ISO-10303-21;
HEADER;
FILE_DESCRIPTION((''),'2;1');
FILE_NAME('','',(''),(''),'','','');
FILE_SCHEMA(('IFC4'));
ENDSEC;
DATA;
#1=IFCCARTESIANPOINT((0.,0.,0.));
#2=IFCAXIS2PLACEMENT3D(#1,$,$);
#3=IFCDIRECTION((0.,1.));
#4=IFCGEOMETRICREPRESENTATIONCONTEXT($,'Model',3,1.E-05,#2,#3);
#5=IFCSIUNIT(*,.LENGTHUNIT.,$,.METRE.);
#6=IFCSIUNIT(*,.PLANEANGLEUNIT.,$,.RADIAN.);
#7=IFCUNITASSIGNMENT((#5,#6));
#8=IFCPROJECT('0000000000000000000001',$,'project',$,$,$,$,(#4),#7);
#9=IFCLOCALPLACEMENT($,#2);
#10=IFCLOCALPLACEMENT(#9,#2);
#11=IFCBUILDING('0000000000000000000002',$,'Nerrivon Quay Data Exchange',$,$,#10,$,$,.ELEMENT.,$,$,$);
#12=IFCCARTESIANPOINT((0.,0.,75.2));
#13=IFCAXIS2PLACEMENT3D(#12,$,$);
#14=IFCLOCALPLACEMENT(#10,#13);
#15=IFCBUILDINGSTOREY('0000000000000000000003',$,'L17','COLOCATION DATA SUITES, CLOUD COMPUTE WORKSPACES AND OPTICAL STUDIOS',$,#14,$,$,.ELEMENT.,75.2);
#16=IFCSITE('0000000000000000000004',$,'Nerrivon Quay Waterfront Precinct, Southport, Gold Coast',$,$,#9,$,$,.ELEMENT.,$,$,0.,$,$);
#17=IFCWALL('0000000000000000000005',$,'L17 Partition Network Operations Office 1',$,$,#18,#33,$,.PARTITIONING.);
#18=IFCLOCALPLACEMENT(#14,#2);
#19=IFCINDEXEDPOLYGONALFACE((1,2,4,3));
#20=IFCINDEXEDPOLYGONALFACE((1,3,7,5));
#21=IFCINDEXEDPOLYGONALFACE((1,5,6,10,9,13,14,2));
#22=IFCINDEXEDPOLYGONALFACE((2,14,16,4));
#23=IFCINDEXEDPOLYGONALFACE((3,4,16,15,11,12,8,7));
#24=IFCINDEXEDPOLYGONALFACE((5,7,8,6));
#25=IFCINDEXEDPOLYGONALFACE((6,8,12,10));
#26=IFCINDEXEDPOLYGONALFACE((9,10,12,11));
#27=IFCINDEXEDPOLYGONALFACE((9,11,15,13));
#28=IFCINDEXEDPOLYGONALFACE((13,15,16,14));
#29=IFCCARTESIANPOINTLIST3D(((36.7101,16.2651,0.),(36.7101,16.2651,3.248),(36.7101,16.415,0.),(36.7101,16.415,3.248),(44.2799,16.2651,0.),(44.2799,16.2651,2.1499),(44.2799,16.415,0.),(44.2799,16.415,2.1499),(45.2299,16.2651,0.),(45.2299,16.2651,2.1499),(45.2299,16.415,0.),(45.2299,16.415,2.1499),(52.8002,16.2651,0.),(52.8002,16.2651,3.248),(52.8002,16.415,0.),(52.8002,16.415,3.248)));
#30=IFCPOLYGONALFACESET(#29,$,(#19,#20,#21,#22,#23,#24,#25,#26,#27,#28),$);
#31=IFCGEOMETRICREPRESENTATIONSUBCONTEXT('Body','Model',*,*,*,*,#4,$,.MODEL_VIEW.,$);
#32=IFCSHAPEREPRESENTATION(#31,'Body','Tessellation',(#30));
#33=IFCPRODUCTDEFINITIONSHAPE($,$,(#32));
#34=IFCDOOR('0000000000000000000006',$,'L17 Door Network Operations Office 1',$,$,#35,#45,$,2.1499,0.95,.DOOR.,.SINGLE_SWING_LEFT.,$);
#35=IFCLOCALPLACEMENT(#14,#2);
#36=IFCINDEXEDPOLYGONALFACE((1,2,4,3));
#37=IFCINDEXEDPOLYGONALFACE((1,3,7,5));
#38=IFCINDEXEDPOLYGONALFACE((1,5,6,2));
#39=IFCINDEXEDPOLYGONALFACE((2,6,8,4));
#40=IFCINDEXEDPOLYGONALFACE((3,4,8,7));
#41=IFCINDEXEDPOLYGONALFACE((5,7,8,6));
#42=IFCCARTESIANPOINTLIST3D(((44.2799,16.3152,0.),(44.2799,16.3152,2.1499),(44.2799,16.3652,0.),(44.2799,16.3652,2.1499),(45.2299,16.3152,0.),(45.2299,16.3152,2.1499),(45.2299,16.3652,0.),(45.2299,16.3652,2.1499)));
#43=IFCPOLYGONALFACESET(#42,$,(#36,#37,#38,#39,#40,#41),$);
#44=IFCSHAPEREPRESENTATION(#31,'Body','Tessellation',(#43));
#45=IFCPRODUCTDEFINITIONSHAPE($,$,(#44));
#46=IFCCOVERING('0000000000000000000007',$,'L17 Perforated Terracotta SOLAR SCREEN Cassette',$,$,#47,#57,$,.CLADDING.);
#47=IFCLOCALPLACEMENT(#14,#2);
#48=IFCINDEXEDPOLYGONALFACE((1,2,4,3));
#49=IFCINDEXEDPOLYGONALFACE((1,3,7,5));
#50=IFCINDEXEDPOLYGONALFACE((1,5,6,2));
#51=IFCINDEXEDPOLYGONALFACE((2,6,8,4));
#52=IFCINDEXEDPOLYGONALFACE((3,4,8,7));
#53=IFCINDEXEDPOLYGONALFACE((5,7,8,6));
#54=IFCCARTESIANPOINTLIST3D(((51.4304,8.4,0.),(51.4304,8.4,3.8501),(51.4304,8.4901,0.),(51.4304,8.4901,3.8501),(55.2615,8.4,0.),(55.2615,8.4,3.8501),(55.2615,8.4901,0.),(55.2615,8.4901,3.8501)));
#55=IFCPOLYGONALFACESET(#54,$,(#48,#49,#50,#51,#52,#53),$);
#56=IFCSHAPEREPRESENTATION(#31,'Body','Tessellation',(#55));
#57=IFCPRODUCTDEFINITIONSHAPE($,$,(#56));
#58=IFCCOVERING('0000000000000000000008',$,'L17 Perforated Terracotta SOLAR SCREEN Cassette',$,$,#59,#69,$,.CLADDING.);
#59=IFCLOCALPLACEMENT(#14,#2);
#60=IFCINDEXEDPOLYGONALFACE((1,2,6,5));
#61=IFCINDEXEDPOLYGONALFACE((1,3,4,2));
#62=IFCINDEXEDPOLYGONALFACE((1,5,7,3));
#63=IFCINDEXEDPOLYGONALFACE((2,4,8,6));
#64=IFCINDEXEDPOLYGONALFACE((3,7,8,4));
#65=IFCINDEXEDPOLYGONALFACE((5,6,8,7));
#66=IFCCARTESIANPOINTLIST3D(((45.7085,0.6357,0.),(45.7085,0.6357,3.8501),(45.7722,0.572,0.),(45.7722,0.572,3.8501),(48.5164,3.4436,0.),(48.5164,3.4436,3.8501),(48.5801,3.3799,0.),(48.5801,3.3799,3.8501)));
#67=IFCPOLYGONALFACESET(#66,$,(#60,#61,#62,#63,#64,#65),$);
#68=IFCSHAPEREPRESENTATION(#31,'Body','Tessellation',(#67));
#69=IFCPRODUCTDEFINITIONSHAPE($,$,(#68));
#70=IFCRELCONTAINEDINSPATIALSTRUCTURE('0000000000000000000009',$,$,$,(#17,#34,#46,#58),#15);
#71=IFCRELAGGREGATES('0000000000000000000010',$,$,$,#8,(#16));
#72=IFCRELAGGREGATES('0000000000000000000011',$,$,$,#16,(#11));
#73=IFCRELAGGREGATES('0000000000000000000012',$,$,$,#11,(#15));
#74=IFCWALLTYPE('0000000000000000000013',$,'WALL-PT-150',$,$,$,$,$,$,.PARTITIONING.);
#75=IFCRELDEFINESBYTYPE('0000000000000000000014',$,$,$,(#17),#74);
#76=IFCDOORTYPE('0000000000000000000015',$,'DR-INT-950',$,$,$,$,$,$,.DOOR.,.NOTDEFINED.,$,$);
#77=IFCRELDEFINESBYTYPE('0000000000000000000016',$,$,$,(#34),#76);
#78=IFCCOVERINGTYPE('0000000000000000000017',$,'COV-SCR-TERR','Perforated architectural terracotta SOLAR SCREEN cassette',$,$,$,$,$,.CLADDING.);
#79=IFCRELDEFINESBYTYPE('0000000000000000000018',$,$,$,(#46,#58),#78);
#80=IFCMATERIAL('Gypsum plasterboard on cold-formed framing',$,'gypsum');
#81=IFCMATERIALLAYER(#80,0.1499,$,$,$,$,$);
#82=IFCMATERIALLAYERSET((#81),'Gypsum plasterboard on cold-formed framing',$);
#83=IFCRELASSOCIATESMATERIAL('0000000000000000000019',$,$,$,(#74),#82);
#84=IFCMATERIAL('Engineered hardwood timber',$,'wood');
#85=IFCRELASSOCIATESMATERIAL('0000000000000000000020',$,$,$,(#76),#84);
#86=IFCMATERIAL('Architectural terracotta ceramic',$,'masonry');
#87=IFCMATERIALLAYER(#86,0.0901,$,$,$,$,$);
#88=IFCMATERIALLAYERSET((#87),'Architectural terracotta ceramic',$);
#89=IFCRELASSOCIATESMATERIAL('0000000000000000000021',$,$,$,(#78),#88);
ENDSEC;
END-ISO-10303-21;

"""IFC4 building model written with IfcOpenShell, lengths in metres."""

from ifc_helpers import new_model, si_unit, direction, frame, frame_2d, origin, origin_2d, place, context, subcontext, project, spatial, rectangle, extrude, material, layer, layer_set, type_object, element, fill, save


model = new_model("IFC4")

# Units and contexts
model_context = context("Model", 3, precision=1e-05, world=origin(), true_north=direction((0.0, 1.0)))
body_context = subcontext(model_context, "Body", "Model", "MODEL_VIEW")
ifc_project = project(units=[si_unit("LENGTHUNIT", "METRE"), si_unit("PLANEANGLEUNIT", "RADIAN")], contexts=[model_context])

# Site, building, storey
site_placement = place(None, origin())
site = spatial("IfcSite", under=ifc_project, at=site_placement, Name="Nerrivon Quay Waterfront Precinct, Southport, Gold Coast", CompositionType="ELEMENT", RefElevation=0.0)
building_placement = place(site_placement, origin())
building = spatial("IfcBuilding", under=site, at=building_placement, Name="Nerrivon Quay Data Exchange", CompositionType="ELEMENT")
storey_placement = place(building_placement, frame((0.0, 0.0, 75.2)))
storey = spatial("IfcBuildingStorey", under=building, at=storey_placement, Name="L17", Description="COLOCATION DATA SUITES, CLOUD COMPUTE WORKSPACES AND OPTICAL STUDIOS", CompositionType="ELEMENT", Elevation=75.2)

# Wall, opening, door
ifc_material_1 = material(Name="Gypsum plasterboard on cold-formed framing", Category="gypsum")
ifc_layer_1 = layer(ifc_material_1, 0.1499)
ifc_layer_set_1 = layer_set([ifc_layer_1], Name="Gypsum plasterboard on cold-formed framing")
wall_type = type_object("IfcWallType", Name="WALL-PT-150", PredefinedType="PARTITIONING", material=ifc_layer_set_1)
wall_placement = place(storey_placement, frame((52.8, 16.3401, 0.0), z_axis=(0.0, 0.0, 1.0), x_axis=(-1.0, 0.0, 0.0)))
wall = element("IfcWall", 1, at=wall_placement, inside=storey, type_object=wall_type, Name="L17 Partition Network Operations Office 1", PredefinedType="PARTITIONING", context=body_context, shape_type="SweptSolid", body=[
    extrude(rectangle(XDim=16.0901, YDim=0.1499, at=frame_2d((8.0449, 0.0))), origin(), (0.0, 0.0, 1.0), 3.248),
])
opening_placement = place(wall_placement, frame((7.5701, 0.0, 0.0)))
opening = element("IfcOpeningElement", 2, at=opening_placement, cuts=wall, PredefinedType="OPENING", context=body_context, shape_type="SweptSolid", body=[
    extrude(rectangle(XDim=0.95, YDim=2.1499, at=frame_2d((0.4751, 1.075))), frame((0.0, 0.085, 0.0), z_axis=(0.0, -1.0, 0.0), x_axis=(1.0, 0.0, 0.0)), (0.0, 0.0, 1.0), 0.1699),
])
ifc_material_2 = material(Name="Engineered hardwood timber", Category="wood")
door_type = type_object("IfcDoorType", Name="DR-INT-950", OperationType="NOTDEFINED", PredefinedType="DOOR", material=ifc_material_2)
door_placement = place(opening_placement, origin())
door = element("IfcDoor", 3, at=door_placement, inside=storey, type_object=door_type, Name="L17 Door Network Operations Office 1", OperationType="SINGLE_SWING_LEFT", OverallHeight=2.1499, OverallWidth=0.95, PredefinedType="DOOR", context=body_context, shape_type="SweptSolid", body=[
    extrude(rectangle(XDim=0.95, YDim=2.1499, at=frame_2d((0.4751, 1.075))), frame((0.0, 0.0249, 0.0), z_axis=(0.0, -1.0, 0.0), x_axis=(1.0, 0.0, 0.0)), (0.0, 0.0, 1.0), 0.05),
])
fill(opening, door)

# Coverings
ifc_material_3 = material(Name="Architectural terracotta ceramic", Category="masonry")
ifc_layer_2 = layer(ifc_material_3, 0.0901)
ifc_layer_set_2 = layer_set([ifc_layer_2], Name="Architectural terracotta ceramic")
covering_type = type_object("IfcCoveringType", Name="COV-SCR-TERR", Description="Perforated architectural terracotta SOLAR SCREEN cassette", PredefinedType="CLADDING", material=ifc_layer_set_2)
covering_1_placement = place(storey_placement, frame((53.3459, 8.4451, 0.0), z_axis=(0.0, 0.0, 1.0), x_axis=(-1.0, 0.0, 0.0)))
element("IfcCovering", 4, at=covering_1_placement, inside=storey, type_object=covering_type, Name="L17 Perforated Terracotta SOLAR SCREEN Cassette", PredefinedType="CLADDING", context=body_context, shape_type="SweptSolid", body=[
    extrude(rectangle(XDim=3.8311, YDim=0.0901, at=origin_2d()), origin(), (0.0, 0.0, 1.0), 3.8501),
])
covering_2_placement = place(storey_placement, frame((47.1443, 2.0078, 0.0), z_axis=(0.0, 0.0, 1.0), x_axis=(-0.707107, -0.707107, 0.0)))
element("IfcCovering", 5, at=covering_2_placement, inside=storey, type_object=covering_type, Name="L17 Perforated Terracotta SOLAR SCREEN Cassette", PredefinedType="CLADDING", context=body_context, shape_type="SweptSolid", body=[
    extrude(rectangle(XDim=3.9709, YDim=0.0901, at=origin_2d()), origin(), (0.0, 0.0, 1.0), 3.8501),
])

save(model, "model.ifc")
